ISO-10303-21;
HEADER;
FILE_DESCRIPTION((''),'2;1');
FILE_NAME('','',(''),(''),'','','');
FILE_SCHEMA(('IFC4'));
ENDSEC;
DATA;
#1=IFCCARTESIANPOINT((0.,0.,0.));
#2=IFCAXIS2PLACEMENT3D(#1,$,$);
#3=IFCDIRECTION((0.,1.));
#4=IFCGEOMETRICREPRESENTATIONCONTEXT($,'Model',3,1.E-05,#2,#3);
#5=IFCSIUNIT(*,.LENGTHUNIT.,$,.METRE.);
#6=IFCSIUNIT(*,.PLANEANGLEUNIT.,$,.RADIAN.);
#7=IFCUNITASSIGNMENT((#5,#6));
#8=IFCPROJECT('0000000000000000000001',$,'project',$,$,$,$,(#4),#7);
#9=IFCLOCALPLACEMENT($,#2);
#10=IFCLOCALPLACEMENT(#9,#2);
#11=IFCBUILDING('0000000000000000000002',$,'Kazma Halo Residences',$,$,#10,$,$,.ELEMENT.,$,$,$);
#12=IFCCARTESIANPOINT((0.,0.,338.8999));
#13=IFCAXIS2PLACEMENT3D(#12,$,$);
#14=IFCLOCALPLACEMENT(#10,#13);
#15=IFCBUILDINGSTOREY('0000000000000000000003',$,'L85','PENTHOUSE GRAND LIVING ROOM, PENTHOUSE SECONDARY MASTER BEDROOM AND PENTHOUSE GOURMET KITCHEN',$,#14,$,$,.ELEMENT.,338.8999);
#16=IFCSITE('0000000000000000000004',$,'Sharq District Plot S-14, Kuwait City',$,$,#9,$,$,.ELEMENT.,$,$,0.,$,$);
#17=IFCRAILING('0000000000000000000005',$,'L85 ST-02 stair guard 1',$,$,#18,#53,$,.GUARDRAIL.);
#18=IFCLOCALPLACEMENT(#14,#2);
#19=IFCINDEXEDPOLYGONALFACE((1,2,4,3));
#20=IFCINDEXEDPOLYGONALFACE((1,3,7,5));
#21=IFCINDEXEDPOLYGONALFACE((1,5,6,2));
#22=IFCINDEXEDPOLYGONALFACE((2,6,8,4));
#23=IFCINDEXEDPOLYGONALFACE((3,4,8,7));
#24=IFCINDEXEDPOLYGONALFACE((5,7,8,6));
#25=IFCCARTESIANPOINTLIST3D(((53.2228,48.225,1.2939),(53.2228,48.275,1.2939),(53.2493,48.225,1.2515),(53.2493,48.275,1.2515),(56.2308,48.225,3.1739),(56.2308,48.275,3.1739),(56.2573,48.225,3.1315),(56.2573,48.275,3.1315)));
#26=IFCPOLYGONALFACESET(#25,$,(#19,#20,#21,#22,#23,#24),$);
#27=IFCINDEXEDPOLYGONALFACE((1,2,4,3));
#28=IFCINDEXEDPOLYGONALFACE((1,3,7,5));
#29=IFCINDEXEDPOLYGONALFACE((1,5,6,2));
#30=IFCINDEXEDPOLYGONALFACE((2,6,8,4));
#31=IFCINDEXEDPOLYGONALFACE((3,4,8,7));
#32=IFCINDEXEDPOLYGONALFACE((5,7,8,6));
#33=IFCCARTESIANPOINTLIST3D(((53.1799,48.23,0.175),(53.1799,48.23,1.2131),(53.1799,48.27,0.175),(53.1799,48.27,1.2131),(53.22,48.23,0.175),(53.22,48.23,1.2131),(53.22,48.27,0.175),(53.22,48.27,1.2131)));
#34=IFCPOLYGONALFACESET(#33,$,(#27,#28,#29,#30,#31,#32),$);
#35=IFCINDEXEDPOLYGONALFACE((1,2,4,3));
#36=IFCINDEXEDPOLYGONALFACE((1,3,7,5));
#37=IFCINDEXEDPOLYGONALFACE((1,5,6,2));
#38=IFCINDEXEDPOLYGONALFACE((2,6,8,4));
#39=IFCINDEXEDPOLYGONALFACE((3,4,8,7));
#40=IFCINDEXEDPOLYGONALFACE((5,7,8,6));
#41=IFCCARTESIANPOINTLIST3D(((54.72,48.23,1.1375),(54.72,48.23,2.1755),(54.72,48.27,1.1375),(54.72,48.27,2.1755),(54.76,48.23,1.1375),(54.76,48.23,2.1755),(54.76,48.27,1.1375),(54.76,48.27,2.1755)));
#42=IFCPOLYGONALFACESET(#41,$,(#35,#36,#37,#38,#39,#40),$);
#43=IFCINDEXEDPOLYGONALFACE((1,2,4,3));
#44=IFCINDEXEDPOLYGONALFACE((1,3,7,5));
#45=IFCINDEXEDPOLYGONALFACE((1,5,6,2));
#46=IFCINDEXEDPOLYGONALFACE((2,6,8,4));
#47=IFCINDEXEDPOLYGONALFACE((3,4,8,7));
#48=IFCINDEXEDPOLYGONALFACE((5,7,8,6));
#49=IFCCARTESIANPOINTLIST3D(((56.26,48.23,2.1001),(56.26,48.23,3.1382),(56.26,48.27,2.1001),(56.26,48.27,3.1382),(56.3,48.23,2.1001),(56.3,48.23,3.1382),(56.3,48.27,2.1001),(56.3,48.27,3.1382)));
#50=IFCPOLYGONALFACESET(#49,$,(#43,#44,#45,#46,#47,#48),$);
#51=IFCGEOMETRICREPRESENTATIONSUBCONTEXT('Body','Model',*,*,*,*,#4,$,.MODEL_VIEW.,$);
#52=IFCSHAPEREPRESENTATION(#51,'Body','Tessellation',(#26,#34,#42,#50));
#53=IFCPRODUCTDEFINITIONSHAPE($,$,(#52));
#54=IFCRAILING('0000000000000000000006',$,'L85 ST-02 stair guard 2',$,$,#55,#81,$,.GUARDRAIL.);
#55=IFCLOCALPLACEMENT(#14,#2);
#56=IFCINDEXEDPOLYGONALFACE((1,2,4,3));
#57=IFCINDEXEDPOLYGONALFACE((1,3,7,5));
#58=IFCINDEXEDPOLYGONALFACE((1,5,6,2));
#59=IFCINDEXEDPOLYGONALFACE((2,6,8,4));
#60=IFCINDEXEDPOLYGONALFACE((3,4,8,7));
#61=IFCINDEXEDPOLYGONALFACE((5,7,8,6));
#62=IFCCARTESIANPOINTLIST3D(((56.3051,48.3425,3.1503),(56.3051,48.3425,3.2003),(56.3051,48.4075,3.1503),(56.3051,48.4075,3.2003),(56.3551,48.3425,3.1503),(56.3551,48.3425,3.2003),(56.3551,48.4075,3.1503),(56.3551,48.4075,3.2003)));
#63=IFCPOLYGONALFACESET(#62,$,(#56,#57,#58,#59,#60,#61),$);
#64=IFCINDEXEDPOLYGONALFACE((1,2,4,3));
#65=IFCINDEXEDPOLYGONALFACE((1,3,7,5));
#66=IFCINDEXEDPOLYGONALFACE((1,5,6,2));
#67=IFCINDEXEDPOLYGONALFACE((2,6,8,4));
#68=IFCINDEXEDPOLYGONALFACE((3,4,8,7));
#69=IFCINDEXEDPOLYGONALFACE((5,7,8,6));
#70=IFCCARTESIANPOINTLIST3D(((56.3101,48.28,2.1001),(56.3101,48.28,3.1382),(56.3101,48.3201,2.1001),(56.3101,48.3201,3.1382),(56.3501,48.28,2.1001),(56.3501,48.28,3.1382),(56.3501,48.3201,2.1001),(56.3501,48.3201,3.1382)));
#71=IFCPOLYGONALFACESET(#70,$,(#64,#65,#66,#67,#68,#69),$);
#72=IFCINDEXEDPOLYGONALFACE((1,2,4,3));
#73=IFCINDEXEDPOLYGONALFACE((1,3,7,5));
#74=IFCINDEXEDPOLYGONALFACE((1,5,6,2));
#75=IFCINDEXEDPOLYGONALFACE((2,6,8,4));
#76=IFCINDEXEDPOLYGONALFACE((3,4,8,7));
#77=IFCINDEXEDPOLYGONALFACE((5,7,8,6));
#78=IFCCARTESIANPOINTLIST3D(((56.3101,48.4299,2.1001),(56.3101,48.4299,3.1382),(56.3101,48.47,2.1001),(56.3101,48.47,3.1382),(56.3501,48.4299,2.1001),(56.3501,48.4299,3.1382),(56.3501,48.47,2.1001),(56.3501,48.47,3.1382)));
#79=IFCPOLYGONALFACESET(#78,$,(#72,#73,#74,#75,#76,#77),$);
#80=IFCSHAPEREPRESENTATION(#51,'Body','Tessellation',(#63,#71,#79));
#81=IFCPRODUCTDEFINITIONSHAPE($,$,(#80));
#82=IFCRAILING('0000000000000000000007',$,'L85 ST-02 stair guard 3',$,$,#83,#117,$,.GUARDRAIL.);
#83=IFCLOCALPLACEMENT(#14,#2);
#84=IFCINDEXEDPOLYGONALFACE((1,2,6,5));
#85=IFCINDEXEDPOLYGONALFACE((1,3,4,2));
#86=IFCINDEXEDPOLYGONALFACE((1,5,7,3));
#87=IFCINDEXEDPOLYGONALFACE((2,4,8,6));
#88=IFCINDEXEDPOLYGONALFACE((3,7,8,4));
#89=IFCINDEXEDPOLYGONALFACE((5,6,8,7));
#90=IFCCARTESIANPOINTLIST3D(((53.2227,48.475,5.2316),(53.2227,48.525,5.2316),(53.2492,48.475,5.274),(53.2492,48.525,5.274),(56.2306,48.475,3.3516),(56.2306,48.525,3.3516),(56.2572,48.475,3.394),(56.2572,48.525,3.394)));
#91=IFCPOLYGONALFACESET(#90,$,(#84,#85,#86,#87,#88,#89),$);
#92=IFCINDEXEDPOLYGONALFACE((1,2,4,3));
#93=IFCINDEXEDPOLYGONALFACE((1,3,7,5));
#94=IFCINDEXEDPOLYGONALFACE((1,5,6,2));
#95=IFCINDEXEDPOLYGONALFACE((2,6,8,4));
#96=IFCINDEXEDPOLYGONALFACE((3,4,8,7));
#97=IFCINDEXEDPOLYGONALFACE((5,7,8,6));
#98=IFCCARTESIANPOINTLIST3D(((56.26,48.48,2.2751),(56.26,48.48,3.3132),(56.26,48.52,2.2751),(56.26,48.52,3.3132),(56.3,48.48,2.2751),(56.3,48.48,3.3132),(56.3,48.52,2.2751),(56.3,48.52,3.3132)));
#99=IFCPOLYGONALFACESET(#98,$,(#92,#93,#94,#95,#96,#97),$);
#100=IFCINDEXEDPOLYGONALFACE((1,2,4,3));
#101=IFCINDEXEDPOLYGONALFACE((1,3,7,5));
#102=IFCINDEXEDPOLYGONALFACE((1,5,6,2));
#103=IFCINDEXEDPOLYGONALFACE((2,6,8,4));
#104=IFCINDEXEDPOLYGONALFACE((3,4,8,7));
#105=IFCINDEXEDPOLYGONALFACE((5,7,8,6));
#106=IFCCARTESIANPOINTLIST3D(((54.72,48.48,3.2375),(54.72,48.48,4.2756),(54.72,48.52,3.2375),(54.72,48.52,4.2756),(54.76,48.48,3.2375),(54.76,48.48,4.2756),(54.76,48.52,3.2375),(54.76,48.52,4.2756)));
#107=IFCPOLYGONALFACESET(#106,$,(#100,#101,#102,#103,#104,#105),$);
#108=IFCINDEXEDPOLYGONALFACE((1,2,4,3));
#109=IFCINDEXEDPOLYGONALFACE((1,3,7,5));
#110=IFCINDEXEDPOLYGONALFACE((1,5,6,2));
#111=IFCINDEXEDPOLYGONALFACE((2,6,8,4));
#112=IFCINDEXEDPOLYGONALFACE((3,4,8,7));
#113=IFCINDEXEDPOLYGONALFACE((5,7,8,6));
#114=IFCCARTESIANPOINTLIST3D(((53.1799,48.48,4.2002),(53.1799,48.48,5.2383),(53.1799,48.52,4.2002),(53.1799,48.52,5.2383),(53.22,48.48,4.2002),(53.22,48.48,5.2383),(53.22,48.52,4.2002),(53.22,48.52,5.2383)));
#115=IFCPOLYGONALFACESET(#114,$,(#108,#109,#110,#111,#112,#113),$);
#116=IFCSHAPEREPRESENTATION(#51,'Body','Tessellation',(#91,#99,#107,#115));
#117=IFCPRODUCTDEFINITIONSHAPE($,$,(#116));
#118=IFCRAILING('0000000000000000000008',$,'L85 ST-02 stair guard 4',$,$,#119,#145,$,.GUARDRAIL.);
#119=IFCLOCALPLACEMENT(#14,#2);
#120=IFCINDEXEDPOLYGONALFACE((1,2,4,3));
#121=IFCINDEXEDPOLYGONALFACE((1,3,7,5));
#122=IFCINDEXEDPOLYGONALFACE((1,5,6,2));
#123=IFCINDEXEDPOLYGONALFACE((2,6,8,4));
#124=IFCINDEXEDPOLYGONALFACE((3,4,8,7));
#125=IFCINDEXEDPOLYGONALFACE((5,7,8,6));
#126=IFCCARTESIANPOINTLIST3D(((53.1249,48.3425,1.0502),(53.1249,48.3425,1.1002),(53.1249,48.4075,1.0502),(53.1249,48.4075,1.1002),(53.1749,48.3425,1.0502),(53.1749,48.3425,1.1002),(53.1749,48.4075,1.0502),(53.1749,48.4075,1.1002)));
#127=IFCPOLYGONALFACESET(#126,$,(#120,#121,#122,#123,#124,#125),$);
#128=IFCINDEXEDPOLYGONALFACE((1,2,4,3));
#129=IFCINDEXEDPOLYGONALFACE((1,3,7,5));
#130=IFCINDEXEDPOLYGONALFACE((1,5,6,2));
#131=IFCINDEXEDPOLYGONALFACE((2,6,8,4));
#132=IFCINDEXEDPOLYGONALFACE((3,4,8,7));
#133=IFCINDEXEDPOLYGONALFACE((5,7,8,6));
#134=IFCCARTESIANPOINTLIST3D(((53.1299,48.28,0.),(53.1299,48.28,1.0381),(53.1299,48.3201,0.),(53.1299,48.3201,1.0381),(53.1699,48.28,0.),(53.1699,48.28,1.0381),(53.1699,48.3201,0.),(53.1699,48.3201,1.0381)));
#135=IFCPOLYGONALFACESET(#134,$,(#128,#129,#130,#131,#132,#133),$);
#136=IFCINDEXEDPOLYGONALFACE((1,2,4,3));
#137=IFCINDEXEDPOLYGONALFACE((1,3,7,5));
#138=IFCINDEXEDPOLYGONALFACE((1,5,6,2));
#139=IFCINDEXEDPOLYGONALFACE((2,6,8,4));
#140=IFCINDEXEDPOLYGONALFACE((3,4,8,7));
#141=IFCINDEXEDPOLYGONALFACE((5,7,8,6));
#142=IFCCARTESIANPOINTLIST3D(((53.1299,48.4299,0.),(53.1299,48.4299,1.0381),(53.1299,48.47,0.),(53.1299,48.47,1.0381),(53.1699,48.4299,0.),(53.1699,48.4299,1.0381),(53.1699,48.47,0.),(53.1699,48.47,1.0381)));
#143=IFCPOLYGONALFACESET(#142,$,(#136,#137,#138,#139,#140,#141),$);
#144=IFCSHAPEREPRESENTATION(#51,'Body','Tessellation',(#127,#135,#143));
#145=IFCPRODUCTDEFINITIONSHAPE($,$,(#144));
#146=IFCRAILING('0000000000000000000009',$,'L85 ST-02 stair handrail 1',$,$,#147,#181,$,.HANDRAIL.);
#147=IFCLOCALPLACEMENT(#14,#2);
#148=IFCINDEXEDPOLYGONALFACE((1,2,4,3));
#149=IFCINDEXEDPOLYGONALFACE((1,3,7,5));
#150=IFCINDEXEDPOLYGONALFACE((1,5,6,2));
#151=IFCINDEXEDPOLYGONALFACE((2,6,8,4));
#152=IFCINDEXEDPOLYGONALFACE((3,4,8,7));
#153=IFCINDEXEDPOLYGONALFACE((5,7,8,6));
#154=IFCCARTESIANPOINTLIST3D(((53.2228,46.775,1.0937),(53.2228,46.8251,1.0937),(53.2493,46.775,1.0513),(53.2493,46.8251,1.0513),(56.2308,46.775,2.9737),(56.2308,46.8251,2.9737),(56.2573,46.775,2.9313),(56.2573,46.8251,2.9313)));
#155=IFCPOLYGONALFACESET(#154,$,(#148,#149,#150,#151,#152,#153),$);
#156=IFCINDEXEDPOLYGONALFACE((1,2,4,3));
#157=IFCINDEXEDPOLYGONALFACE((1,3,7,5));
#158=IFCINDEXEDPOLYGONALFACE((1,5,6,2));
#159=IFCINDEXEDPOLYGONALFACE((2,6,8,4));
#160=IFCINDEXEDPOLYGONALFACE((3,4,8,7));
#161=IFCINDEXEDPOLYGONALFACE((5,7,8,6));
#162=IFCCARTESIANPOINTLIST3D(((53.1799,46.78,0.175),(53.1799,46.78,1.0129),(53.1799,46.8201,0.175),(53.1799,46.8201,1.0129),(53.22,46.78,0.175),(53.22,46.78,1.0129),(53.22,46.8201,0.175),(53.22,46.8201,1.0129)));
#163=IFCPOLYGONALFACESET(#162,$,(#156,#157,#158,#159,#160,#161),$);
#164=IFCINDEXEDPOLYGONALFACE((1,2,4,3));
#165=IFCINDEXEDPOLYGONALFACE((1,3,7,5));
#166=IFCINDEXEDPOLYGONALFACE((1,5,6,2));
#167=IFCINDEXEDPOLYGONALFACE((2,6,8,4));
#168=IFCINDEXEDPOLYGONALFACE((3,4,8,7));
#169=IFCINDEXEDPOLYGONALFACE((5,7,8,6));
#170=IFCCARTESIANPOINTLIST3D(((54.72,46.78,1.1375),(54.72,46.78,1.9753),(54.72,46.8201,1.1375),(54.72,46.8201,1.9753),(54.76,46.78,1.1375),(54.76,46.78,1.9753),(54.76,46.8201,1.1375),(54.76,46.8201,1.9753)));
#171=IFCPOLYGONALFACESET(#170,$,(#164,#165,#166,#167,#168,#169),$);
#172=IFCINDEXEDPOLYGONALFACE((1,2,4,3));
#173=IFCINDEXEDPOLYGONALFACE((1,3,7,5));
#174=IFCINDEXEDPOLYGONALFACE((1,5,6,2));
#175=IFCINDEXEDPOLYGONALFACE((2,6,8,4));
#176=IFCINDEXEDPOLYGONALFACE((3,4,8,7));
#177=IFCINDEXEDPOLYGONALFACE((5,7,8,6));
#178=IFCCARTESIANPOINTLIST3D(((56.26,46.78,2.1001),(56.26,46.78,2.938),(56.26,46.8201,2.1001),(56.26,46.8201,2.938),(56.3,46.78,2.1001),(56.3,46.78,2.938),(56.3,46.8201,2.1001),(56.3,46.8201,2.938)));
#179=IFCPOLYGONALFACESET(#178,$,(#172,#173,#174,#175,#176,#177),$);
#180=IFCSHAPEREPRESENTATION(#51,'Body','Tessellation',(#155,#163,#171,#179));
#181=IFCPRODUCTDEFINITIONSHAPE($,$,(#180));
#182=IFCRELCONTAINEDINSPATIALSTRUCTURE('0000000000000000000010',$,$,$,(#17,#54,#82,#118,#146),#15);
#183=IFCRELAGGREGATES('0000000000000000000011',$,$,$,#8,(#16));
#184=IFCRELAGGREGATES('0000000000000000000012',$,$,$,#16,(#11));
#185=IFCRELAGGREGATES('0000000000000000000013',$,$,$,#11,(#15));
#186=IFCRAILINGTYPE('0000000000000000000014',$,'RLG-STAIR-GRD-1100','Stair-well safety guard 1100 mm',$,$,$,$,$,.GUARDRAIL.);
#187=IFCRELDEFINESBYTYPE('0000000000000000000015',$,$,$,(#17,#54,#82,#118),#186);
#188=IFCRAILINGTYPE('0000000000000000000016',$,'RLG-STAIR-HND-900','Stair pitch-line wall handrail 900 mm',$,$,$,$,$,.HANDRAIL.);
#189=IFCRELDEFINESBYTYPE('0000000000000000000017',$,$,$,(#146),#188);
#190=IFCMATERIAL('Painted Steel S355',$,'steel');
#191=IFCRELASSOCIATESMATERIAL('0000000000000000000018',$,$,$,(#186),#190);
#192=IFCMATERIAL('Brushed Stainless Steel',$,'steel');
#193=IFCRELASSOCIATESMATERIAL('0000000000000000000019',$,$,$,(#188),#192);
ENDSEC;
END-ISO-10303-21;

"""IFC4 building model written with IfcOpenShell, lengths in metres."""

from ifc_helpers import new_model, si_unit, direction, frame, origin, origin_2d, place, context, subcontext, project, spatial, rectangle, extrude, material, type_object, element, save


model = new_model("IFC4")

# Units and contexts
model_context = context("Model", 3, precision=1e-05, world=origin(), true_north=direction((0.0, 1.0)))
body_context = subcontext(model_context, "Body", "Model", "MODEL_VIEW")
ifc_project = project(units=[si_unit("LENGTHUNIT", "METRE"), si_unit("PLANEANGLEUNIT", "RADIAN")], contexts=[model_context])

# Site, building, storey
site_placement = place(None, origin())
site = spatial("IfcSite", under=ifc_project, at=site_placement, Name="Sharq District Plot S-14, Kuwait City", CompositionType="ELEMENT", RefElevation=0.0)
building_placement = place(site_placement, origin())
building = spatial("IfcBuilding", under=site, at=building_placement, Name="Kazma Halo Residences", CompositionType="ELEMENT")
storey_placement = place(building_placement, frame((0.0, 0.0, 338.8999)))
storey = spatial("IfcBuildingStorey", under=building, at=storey_placement, Name="L85", Description="PENTHOUSE GRAND LIVING ROOM, PENTHOUSE SECONDARY MASTER BEDROOM AND PENTHOUSE GOURMET KITCHEN", CompositionType="ELEMENT", Elevation=338.8999)

# Railings
ifc_material_1 = material(Name="Painted Steel S355", Category="steel")
railing_type_1 = type_object("IfcRailingType", Name="RLG-STAIR-GRD-1100", Description="Stair-well safety guard 1100 mm", PredefinedType="GUARDRAIL", material=ifc_material_1)
railing_1_placement = place(storey_placement, frame((53.2, 48.25, 0.175)))
element("IfcRailing", 1, at=railing_1_placement, inside=storey, type_object=railing_type_1, Name="L85 ST-02 stair guard 1", PredefinedType="GUARDRAIL", context=body_context, shape_type="SweptSolid", body=[
    extrude(rectangle(XDim=0.05, YDim=0.05, at=origin_2d()), frame((0.0361, 0.0, 1.0977), z_axis=(0.847998, 0.0, 0.529999), x_axis=(0.0, 1.0, 0.0)), (0.0, 0.0, 1.0), 3.5471),
    extrude(rectangle(XDim=0.04, YDim=0.04, at=origin_2d()), origin(), (0.0, 0.0, 1.0), 1.0381),
    extrude(rectangle(XDim=0.04, YDim=0.04, at=origin_2d()), frame((1.54, 0.0, 0.9624)), (0.0, 0.0, 1.0), 1.0381),
    extrude(rectangle(XDim=0.04, YDim=0.04, at=origin_2d()), frame((3.0801, 0.0, 1.925)), (0.0, 0.0, 1.0), 1.0381),
])
railing_2_placement = place(storey_placement, frame((56.3301, 48.3, 2.1001)))
element("IfcRailing", 2, at=railing_2_placement, inside=storey, type_object=railing_type_1, Name="L85 ST-02 stair guard 2", PredefinedType="GUARDRAIL", context=body_context, shape_type="SweptSolid", body=[
    extrude(rectangle(XDim=0.05, YDim=0.05, at=origin_2d()), frame((0.0, 0.0425, 1.0752), z_axis=(0.0, 1.0, 0.0), x_axis=(-1.0, 0.0, 0.0)), (0.0, 0.0, 1.0), 0.0649),
    extrude(rectangle(XDim=0.04, YDim=0.04, at=origin_2d()), origin(), (0.0, 0.0, 1.0), 1.0381),
    extrude(rectangle(XDim=0.04, YDim=0.04, at=origin_2d()), frame((0.0, 0.1499, 0.0)), (0.0, 0.0, 1.0), 1.0381),
])
railing_3_placement = place(storey_placement, frame((56.28, 48.5, 2.2751)))
element("IfcRailing", 3, at=railing_3_placement, inside=storey, type_object=railing_type_1, Name="L85 ST-02 stair guard 3", PredefinedType="GUARDRAIL", context=body_context, shape_type="SweptSolid", body=[
    extrude(rectangle(XDim=0.05, YDim=0.05, at=origin_2d()), frame((-0.0361, 0.0, 1.0977), z_axis=(-0.847998, 0.0, 0.529999), x_axis=(0.0, -1.0, 0.0)), (0.0, 0.0, 1.0), 3.5471),
    extrude(rectangle(XDim=0.04, YDim=0.04, at=origin_2d()), origin(), (0.0, 0.0, 1.0), 1.0381),
    extrude(rectangle(XDim=0.04, YDim=0.04, at=origin_2d()), frame((-1.54, 0.0, 0.9624)), (0.0, 0.0, 1.0), 1.0381),
    extrude(rectangle(XDim=0.04, YDim=0.04, at=origin_2d()), frame((-3.0801, 0.0, 1.925)), (0.0, 0.0, 1.0), 1.0381),
])
railing_4_placement = place(storey_placement, frame((53.1499, 48.3, 0.0)))
element("IfcRailing", 4, at=railing_4_placement, inside=storey, type_object=railing_type_1, Name="L85 ST-02 stair guard 4", PredefinedType="GUARDRAIL", context=body_context, shape_type="SweptSolid", body=[
    extrude(rectangle(XDim=0.05, YDim=0.05, at=origin_2d()), frame((0.0, 0.0425, 1.0752), z_axis=(0.0, 1.0, 0.0), x_axis=(-1.0, 0.0, 0.0)), (0.0, 0.0, 1.0), 0.0649),
    extrude(rectangle(XDim=0.04, YDim=0.04, at=origin_2d()), origin(), (0.0, 0.0, 1.0), 1.0381),
    extrude(rectangle(XDim=0.04, YDim=0.04, at=origin_2d()), frame((0.0, 0.1499, 0.0)), (0.0, 0.0, 1.0), 1.0381),
])
ifc_material_2 = material(Name="Brushed Stainless Steel", Category="steel")
railing_type_2 = type_object("IfcRailingType", Name="RLG-STAIR-HND-900", Description="Stair pitch-line wall handrail 900 mm", PredefinedType="HANDRAIL", material=ifc_material_2)
railing_5_placement = place(storey_placement, frame((53.2, 46.8, 0.175)))
element("IfcRailing", 5, at=railing_5_placement, inside=storey, type_object=railing_type_2, Name="L85 ST-02 stair handrail 1", PredefinedType="HANDRAIL", context=body_context, shape_type="SweptSolid", body=[
    extrude(rectangle(XDim=0.05, YDim=0.05, at=origin_2d()), frame((0.0361, 0.0, 0.8975), z_axis=(0.847998, 0.0, 0.529999), x_axis=(0.0, 1.0, 0.0)), (0.0, 0.0, 1.0), 3.5471),
    extrude(rectangle(XDim=0.04, YDim=0.04, at=origin_2d()), origin(), (0.0, 0.0, 1.0), 0.8379),
    extrude(rectangle(XDim=0.04, YDim=0.04, at=origin_2d()), frame((1.54, 0.0, 0.9624)), (0.0, 0.0, 1.0), 0.8379),
    extrude(rectangle(XDim=0.04, YDim=0.04, at=origin_2d()), frame((3.0801, 0.0, 1.925)), (0.0, 0.0, 1.0), 0.8379),
])

save(model, "model.ifc")
